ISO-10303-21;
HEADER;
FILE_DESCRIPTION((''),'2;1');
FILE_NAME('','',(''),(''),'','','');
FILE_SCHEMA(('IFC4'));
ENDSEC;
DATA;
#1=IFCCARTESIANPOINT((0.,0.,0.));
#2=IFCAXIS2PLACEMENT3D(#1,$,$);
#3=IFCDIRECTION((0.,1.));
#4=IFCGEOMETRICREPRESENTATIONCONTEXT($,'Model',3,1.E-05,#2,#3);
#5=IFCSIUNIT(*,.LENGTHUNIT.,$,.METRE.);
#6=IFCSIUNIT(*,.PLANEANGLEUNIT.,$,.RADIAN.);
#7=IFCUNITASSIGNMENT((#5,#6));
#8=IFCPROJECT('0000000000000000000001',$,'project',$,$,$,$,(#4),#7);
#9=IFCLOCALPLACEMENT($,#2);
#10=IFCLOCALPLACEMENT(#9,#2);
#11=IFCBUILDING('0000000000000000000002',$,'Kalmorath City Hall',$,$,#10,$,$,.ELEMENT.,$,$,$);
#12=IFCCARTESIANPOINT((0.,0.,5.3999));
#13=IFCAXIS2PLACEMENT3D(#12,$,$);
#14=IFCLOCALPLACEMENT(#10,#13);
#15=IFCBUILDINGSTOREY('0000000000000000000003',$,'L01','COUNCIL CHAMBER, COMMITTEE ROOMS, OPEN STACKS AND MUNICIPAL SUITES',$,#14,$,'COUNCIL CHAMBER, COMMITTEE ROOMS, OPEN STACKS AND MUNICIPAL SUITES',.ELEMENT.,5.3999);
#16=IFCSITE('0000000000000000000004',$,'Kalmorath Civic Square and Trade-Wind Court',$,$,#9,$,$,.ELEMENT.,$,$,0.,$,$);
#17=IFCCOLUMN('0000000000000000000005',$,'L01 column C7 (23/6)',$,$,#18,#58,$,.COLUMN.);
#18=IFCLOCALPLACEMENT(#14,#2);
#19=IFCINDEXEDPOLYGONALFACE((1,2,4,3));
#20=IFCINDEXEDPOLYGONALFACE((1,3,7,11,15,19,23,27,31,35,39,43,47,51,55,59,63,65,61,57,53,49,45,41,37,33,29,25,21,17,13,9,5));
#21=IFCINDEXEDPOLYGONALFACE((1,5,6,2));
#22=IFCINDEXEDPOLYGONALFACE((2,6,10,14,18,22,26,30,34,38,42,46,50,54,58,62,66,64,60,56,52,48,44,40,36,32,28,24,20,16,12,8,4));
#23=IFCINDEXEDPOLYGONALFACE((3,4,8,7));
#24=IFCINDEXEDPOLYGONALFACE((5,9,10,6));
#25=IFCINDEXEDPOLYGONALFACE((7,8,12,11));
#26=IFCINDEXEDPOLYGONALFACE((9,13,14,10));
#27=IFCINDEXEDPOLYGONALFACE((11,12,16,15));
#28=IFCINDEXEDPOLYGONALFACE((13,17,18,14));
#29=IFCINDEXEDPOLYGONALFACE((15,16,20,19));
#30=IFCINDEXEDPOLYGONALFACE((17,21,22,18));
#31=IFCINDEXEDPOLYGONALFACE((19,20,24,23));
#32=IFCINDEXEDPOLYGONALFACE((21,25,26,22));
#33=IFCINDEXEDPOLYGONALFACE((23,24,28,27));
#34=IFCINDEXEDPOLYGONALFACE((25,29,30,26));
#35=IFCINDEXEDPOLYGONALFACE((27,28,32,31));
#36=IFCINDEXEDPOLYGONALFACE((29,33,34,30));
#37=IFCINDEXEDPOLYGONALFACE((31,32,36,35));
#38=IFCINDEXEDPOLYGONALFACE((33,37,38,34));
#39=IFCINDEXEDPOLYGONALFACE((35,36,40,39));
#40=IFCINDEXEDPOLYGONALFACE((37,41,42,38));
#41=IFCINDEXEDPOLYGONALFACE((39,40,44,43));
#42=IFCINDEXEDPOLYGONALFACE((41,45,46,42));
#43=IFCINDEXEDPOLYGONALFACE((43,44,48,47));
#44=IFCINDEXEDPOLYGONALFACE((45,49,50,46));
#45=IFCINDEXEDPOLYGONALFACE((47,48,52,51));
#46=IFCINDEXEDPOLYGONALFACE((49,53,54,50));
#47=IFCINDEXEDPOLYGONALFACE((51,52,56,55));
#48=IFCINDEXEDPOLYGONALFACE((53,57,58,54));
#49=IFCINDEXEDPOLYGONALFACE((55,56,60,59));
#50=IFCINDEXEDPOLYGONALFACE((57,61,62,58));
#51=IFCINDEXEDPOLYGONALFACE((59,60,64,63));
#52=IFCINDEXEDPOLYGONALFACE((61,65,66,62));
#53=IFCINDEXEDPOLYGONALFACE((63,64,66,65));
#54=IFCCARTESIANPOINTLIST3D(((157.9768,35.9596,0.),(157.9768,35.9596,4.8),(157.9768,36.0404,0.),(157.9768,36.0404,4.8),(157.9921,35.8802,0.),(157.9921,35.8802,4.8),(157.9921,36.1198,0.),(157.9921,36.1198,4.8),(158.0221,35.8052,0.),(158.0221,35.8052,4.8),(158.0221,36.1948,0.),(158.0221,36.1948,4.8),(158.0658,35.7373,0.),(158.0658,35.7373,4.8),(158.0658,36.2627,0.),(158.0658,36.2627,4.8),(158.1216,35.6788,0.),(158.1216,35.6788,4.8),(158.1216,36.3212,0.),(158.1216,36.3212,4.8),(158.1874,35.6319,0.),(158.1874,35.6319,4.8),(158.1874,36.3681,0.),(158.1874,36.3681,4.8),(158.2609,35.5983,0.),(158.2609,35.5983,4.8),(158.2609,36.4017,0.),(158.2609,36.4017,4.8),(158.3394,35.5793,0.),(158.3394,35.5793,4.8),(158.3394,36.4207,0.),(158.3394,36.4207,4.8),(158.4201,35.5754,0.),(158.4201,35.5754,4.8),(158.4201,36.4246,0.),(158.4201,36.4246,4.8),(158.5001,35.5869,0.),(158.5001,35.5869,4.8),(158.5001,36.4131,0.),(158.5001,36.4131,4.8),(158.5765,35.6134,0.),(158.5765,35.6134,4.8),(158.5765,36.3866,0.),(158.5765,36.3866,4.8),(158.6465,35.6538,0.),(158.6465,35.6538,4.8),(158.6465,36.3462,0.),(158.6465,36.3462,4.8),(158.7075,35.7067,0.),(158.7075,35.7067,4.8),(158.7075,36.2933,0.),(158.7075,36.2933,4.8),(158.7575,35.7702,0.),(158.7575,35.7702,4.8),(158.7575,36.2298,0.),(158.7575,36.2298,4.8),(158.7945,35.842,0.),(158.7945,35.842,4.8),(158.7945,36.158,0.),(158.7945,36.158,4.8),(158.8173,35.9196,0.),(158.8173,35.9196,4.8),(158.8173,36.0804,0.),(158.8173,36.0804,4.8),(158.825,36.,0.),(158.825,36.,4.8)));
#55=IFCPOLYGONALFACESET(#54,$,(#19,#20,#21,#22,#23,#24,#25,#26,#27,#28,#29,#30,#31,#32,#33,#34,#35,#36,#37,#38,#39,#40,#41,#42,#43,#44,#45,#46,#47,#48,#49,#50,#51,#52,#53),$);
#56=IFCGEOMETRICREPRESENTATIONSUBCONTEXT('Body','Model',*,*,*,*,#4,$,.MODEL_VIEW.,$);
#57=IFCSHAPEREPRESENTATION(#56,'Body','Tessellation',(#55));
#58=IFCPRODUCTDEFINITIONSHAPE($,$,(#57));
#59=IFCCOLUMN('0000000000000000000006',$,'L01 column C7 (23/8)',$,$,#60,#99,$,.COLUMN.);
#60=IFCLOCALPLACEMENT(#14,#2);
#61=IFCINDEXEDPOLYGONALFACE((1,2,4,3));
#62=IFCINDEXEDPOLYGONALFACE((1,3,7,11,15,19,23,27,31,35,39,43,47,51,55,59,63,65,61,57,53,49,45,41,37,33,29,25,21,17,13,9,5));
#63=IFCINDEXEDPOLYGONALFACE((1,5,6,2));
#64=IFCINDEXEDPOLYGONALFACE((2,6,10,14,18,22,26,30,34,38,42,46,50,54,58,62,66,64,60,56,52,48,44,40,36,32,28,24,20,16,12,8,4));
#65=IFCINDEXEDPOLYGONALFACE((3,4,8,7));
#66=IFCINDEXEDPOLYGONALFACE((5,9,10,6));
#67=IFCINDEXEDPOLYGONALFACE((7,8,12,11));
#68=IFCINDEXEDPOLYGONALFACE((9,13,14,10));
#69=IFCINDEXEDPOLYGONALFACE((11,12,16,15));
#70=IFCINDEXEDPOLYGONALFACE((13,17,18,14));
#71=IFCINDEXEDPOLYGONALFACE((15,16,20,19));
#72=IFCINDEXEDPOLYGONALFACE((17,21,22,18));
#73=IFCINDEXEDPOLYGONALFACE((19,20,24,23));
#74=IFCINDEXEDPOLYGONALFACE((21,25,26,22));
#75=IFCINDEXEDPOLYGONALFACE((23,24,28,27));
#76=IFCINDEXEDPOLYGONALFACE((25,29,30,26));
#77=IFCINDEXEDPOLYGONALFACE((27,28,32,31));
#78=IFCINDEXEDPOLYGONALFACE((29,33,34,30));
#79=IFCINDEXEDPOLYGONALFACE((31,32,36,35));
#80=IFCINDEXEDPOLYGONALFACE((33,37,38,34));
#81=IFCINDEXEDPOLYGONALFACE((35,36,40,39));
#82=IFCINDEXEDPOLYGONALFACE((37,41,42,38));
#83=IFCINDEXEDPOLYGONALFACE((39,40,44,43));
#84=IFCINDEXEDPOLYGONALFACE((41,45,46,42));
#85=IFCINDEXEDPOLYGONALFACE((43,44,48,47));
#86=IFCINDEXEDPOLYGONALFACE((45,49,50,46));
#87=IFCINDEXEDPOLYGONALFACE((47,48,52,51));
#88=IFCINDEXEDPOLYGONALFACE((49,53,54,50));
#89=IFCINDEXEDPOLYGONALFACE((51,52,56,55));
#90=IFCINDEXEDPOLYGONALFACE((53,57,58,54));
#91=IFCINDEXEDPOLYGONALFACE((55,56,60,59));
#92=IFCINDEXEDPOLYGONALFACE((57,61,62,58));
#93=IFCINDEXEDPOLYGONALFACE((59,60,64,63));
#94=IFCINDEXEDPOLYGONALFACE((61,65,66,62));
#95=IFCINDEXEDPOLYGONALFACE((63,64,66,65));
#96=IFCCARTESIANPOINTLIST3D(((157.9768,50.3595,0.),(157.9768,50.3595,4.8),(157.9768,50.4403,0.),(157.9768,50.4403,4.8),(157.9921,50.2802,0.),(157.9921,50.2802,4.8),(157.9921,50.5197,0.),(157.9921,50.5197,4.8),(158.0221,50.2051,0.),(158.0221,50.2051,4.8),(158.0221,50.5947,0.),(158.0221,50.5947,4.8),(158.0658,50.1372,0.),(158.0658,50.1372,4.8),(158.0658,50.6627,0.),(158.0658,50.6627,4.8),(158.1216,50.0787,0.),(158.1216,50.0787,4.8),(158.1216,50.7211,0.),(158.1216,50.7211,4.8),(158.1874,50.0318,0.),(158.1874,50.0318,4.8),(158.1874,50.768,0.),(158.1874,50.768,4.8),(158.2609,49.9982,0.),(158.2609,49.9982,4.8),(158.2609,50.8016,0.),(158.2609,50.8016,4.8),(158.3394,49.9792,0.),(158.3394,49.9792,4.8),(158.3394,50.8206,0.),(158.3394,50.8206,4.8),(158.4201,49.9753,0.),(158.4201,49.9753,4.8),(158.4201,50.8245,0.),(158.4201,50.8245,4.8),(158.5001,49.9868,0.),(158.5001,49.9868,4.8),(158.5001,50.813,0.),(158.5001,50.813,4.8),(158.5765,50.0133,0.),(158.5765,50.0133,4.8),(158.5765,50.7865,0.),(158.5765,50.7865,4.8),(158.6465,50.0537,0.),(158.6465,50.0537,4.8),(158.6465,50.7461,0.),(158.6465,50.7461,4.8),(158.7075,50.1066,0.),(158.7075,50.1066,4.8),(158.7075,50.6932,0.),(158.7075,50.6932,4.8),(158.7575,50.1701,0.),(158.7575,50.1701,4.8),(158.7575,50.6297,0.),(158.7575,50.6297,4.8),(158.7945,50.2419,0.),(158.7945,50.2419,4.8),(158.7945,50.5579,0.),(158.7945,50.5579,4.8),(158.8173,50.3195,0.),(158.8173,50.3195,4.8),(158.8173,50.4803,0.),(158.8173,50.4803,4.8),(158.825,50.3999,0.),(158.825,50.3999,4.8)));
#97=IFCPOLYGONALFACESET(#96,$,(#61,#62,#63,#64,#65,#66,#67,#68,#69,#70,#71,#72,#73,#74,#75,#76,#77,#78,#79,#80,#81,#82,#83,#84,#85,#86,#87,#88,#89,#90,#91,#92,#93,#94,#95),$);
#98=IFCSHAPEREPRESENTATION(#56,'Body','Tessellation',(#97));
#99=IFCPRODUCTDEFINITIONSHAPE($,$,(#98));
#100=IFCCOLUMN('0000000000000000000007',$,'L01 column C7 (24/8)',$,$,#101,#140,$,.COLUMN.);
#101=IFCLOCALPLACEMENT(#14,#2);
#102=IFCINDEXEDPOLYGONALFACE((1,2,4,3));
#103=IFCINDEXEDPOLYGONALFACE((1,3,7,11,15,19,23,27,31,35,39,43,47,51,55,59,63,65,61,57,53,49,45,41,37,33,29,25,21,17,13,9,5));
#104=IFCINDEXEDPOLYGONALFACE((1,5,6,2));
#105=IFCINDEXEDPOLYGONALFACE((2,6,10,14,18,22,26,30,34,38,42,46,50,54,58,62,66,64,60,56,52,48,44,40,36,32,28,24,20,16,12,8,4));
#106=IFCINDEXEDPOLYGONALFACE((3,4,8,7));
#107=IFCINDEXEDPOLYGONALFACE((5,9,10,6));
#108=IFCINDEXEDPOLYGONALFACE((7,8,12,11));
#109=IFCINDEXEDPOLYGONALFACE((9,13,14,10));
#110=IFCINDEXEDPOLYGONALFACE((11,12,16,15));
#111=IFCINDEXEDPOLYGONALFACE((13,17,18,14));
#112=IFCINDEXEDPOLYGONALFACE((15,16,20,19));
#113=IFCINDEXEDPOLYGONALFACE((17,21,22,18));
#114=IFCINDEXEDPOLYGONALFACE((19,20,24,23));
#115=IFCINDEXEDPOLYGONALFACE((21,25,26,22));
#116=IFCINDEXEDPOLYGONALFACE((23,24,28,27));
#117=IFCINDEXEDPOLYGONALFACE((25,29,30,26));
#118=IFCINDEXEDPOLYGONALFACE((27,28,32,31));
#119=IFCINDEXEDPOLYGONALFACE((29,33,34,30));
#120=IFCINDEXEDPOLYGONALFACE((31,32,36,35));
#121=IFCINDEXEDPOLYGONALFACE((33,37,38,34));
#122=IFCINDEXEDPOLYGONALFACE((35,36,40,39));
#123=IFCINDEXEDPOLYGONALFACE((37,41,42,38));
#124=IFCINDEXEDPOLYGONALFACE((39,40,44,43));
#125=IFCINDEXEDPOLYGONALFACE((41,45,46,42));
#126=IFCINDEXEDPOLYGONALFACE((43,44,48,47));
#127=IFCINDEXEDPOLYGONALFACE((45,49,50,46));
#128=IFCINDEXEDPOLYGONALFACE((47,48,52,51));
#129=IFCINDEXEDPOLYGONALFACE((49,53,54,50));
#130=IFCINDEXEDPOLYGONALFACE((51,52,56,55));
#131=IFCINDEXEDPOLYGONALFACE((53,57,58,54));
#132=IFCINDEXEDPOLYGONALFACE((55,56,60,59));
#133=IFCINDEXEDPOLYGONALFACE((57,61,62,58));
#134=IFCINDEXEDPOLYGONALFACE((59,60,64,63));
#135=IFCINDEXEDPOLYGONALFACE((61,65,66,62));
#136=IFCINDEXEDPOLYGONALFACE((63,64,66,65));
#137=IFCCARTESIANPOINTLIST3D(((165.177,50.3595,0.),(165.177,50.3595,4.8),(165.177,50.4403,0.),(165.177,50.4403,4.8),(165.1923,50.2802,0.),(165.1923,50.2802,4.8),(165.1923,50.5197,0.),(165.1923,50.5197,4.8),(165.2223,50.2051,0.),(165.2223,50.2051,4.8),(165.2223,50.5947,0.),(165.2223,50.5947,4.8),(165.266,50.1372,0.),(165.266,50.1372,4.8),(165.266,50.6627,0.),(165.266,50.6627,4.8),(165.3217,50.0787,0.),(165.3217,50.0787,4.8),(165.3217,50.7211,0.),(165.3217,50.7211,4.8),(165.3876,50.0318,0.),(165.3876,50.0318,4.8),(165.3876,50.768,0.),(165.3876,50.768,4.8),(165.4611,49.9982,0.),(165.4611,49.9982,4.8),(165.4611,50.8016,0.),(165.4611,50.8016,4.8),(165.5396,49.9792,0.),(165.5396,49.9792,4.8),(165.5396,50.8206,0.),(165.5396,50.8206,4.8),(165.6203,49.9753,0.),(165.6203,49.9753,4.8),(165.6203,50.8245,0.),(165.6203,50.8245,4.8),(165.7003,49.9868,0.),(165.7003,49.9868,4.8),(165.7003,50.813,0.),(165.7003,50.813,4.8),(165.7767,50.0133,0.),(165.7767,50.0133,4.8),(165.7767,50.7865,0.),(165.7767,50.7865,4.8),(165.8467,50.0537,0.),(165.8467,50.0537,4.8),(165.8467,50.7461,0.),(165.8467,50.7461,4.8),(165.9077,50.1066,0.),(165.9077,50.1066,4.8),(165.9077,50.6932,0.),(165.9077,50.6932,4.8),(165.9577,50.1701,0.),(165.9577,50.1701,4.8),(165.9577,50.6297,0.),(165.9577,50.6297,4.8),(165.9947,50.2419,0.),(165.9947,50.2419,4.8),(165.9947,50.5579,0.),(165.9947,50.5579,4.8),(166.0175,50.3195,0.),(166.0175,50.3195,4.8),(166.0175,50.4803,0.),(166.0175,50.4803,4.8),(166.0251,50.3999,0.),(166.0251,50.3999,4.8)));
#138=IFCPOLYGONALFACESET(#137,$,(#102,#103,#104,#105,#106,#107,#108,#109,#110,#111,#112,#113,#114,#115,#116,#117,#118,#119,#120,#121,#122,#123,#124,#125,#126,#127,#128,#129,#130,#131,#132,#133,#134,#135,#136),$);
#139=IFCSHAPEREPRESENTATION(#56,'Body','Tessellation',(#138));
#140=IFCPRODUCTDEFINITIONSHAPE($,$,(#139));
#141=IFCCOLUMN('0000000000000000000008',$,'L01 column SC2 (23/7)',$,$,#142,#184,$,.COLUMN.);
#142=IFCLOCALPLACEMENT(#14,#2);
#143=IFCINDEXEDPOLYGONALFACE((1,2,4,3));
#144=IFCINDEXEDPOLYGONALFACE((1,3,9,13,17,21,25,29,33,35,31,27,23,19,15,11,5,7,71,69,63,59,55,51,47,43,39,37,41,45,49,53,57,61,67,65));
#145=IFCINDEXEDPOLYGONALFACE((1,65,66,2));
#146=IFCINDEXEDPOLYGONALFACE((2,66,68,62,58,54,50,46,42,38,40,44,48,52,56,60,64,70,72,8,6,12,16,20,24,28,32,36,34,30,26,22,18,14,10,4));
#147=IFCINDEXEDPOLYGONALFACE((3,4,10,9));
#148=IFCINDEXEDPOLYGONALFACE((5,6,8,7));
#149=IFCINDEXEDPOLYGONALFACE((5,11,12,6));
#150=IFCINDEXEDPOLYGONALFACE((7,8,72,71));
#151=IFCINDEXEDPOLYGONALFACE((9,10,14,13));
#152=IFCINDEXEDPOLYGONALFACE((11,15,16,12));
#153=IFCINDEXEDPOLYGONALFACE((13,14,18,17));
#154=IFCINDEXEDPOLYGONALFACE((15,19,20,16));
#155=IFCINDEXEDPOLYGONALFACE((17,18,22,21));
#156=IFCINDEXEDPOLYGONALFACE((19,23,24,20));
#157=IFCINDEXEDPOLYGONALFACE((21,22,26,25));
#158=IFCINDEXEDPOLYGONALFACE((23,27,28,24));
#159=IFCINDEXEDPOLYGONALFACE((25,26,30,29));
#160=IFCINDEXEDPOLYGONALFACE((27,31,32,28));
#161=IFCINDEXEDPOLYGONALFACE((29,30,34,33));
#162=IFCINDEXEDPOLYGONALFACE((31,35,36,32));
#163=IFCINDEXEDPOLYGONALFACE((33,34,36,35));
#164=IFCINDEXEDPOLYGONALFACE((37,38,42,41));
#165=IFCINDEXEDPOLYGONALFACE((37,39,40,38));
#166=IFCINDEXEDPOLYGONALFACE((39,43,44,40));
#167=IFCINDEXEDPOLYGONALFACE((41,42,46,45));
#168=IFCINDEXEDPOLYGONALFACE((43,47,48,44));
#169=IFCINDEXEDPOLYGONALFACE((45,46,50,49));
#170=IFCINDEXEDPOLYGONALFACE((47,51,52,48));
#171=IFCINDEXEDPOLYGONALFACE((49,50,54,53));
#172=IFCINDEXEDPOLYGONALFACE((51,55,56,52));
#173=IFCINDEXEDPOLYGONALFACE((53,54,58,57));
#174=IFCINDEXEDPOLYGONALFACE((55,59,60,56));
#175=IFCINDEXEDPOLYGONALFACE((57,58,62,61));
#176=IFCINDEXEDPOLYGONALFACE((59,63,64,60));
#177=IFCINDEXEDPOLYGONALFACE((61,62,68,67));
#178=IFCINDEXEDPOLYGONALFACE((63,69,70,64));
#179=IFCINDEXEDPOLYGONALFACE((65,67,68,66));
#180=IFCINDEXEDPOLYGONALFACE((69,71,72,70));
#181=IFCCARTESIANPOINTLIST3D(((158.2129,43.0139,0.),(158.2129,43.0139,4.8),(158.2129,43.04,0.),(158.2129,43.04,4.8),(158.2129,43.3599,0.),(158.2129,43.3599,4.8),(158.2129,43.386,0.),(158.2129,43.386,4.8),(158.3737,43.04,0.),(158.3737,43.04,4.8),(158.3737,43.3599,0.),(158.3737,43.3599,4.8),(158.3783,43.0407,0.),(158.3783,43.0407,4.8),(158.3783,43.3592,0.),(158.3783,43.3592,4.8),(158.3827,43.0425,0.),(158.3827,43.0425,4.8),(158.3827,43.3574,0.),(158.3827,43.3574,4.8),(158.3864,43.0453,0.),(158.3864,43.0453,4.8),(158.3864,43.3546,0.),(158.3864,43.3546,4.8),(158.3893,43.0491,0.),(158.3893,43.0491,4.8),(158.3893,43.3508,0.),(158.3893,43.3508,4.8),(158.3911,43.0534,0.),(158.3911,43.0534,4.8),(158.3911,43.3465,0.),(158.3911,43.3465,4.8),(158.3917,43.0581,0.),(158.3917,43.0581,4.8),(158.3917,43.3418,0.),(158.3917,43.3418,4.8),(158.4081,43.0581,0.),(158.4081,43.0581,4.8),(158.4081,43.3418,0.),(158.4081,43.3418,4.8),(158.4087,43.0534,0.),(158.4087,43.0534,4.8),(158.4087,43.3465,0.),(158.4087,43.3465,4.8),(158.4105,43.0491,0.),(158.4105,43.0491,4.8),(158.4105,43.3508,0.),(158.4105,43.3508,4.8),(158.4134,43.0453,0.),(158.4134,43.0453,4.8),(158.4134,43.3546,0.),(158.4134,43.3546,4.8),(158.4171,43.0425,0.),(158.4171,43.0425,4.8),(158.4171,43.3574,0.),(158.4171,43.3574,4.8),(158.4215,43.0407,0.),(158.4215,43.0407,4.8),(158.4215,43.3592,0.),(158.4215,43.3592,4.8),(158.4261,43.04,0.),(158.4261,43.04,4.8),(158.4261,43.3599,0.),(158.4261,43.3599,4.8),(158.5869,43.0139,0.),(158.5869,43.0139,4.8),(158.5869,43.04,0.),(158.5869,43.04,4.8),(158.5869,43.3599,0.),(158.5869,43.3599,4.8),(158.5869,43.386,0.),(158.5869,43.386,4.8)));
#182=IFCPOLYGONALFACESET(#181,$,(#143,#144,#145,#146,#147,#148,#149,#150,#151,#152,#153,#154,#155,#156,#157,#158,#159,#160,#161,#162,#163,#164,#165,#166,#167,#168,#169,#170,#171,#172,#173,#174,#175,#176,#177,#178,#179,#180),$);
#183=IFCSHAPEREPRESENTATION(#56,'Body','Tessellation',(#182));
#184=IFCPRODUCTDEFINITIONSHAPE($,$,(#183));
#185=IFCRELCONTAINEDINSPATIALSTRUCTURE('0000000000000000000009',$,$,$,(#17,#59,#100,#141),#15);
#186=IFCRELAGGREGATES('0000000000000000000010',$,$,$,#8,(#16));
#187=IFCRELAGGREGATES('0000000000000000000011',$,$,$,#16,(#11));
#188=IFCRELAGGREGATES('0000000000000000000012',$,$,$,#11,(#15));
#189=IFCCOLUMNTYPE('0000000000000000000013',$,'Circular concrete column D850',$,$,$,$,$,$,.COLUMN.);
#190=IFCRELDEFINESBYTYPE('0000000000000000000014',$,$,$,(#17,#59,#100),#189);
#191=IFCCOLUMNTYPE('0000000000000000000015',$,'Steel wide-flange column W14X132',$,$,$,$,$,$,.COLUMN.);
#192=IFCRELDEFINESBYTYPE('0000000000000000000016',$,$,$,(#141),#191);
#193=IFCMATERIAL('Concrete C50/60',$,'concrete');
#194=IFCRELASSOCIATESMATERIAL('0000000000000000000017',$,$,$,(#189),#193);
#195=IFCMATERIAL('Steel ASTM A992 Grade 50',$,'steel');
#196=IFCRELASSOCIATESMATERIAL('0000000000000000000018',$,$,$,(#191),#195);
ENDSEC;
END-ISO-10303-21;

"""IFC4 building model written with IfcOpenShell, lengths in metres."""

from ifc_helpers import new_model, si_unit, direction, frame, origin, origin_2d, place, context, subcontext, project, spatial, circle, i_section, extrude, material, material_profile, profile_set, type_object, element, save


model = new_model("IFC4")

# Units and contexts
model_context = context("Model", 3, precision=1e-05, world=origin(), true_north=direction((0.0, 1.0)))
body_context = subcontext(model_context, "Body", "Model", "MODEL_VIEW")
ifc_project = project(units=[si_unit("LENGTHUNIT", "METRE"), si_unit("PLANEANGLEUNIT", "RADIAN")], contexts=[model_context])

# Site, building, storey
site_placement = place(None, origin())
site = spatial("IfcSite", under=ifc_project, at=site_placement, Name="Kalmorath Civic Square and Trade-Wind Court", CompositionType="ELEMENT", RefElevation=0.0)
building_placement = place(site_placement, origin())
building = spatial("IfcBuilding", under=site, at=building_placement, Name="Kalmorath City Hall", CompositionType="ELEMENT")
storey_placement = place(building_placement, frame((0.0, 0.0, 5.3999)))
storey = spatial("IfcBuildingStorey", under=building, at=storey_placement, Name="L01", Description="COUNCIL CHAMBER, COMMITTEE ROOMS, OPEN STACKS AND MUNICIPAL SUITES", LongName="COUNCIL CHAMBER, COMMITTEE ROOMS, OPEN STACKS AND MUNICIPAL SUITES", CompositionType="ELEMENT", Elevation=5.3999)

# Columns
ifc_material_1 = material(Name="Concrete C50/60", Category="concrete")
ifc_material_profile_1 = material_profile(ifc_material_1, circle(Radius=0.425, at=origin_2d()), Name="RC-COL-D850")
ifc_profile_set_1 = profile_set([ifc_material_profile_1], Name="Concrete C50/60")
column_type_1 = type_object("IfcColumnType", Name="Circular concrete column D850", PredefinedType="COLUMN", material=ifc_profile_set_1)
for number, where, z_axis, x_axis, name in (
    (1, (158.3999, 36.0, 0.0), (0.0, 0.0, 1.0), (1.0, 0.0, 0.0), "L01 column C7 (23/6)"),
    (2, (158.3999, 50.3999, 0.0), (0.0, 0.0, 1.0), (1.0, 0.0, 0.0), "L01 column C7 (23/8)"),
    (3, (165.6001, 50.3999, 0.0), (0.0, 0.0, 1.0), (1.0, 0.0, 0.0), "L01 column C7 (24/8)"),
):
    element("IfcColumn", number, at=place(storey_placement, frame(where, z_axis=z_axis, x_axis=x_axis)), inside=storey, type_object=column_type_1, Name=name, PredefinedType="COLUMN", context=body_context, shape_type="SweptSolid", body=[
        extrude(circle(Radius=0.425, at=origin_2d()), origin(), (0.0, 0.0, 1.0), 4.8),
    ])
ifc_material_2 = material(Name="Steel ASTM A992 Grade 50", Category="steel")
ifc_material_profile_2 = material_profile(ifc_material_2, i_section(OverallWidth=0.374, OverallDepth=0.3721, WebThickness=0.0164, FlangeThickness=0.0261, FilletRadius=0.0181, at=origin_2d()), Name="W14X132")
ifc_profile_set_2 = profile_set([ifc_material_profile_2], Name="Steel ASTM A992 Grade 50")
column_type_2 = type_object("IfcColumnType", Name="Steel wide-flange column W14X132", PredefinedType="COLUMN", material=ifc_profile_set_2)
for number, where, z_axis, x_axis, name in (
    (4, (158.3999, 43.2, 0.0), (0.0, 0.0, 1.0), (1.0, 0.0, 0.0), "L01 column SC2 (23/7)"),
):
    element("IfcColumn", number, at=place(storey_placement, frame(where, z_axis=z_axis, x_axis=x_axis)), inside=storey, type_object=column_type_2, Name=name, PredefinedType="COLUMN", context=body_context, shape_type="SweptSolid", body=[
        extrude(i_section(OverallWidth=0.374, OverallDepth=0.3721, WebThickness=0.0164, FlangeThickness=0.0261, FilletRadius=0.0181, at=origin_2d()), origin(), (0.0, 0.0, 1.0), 4.8),
    ])

save(model, "model.ifc")
